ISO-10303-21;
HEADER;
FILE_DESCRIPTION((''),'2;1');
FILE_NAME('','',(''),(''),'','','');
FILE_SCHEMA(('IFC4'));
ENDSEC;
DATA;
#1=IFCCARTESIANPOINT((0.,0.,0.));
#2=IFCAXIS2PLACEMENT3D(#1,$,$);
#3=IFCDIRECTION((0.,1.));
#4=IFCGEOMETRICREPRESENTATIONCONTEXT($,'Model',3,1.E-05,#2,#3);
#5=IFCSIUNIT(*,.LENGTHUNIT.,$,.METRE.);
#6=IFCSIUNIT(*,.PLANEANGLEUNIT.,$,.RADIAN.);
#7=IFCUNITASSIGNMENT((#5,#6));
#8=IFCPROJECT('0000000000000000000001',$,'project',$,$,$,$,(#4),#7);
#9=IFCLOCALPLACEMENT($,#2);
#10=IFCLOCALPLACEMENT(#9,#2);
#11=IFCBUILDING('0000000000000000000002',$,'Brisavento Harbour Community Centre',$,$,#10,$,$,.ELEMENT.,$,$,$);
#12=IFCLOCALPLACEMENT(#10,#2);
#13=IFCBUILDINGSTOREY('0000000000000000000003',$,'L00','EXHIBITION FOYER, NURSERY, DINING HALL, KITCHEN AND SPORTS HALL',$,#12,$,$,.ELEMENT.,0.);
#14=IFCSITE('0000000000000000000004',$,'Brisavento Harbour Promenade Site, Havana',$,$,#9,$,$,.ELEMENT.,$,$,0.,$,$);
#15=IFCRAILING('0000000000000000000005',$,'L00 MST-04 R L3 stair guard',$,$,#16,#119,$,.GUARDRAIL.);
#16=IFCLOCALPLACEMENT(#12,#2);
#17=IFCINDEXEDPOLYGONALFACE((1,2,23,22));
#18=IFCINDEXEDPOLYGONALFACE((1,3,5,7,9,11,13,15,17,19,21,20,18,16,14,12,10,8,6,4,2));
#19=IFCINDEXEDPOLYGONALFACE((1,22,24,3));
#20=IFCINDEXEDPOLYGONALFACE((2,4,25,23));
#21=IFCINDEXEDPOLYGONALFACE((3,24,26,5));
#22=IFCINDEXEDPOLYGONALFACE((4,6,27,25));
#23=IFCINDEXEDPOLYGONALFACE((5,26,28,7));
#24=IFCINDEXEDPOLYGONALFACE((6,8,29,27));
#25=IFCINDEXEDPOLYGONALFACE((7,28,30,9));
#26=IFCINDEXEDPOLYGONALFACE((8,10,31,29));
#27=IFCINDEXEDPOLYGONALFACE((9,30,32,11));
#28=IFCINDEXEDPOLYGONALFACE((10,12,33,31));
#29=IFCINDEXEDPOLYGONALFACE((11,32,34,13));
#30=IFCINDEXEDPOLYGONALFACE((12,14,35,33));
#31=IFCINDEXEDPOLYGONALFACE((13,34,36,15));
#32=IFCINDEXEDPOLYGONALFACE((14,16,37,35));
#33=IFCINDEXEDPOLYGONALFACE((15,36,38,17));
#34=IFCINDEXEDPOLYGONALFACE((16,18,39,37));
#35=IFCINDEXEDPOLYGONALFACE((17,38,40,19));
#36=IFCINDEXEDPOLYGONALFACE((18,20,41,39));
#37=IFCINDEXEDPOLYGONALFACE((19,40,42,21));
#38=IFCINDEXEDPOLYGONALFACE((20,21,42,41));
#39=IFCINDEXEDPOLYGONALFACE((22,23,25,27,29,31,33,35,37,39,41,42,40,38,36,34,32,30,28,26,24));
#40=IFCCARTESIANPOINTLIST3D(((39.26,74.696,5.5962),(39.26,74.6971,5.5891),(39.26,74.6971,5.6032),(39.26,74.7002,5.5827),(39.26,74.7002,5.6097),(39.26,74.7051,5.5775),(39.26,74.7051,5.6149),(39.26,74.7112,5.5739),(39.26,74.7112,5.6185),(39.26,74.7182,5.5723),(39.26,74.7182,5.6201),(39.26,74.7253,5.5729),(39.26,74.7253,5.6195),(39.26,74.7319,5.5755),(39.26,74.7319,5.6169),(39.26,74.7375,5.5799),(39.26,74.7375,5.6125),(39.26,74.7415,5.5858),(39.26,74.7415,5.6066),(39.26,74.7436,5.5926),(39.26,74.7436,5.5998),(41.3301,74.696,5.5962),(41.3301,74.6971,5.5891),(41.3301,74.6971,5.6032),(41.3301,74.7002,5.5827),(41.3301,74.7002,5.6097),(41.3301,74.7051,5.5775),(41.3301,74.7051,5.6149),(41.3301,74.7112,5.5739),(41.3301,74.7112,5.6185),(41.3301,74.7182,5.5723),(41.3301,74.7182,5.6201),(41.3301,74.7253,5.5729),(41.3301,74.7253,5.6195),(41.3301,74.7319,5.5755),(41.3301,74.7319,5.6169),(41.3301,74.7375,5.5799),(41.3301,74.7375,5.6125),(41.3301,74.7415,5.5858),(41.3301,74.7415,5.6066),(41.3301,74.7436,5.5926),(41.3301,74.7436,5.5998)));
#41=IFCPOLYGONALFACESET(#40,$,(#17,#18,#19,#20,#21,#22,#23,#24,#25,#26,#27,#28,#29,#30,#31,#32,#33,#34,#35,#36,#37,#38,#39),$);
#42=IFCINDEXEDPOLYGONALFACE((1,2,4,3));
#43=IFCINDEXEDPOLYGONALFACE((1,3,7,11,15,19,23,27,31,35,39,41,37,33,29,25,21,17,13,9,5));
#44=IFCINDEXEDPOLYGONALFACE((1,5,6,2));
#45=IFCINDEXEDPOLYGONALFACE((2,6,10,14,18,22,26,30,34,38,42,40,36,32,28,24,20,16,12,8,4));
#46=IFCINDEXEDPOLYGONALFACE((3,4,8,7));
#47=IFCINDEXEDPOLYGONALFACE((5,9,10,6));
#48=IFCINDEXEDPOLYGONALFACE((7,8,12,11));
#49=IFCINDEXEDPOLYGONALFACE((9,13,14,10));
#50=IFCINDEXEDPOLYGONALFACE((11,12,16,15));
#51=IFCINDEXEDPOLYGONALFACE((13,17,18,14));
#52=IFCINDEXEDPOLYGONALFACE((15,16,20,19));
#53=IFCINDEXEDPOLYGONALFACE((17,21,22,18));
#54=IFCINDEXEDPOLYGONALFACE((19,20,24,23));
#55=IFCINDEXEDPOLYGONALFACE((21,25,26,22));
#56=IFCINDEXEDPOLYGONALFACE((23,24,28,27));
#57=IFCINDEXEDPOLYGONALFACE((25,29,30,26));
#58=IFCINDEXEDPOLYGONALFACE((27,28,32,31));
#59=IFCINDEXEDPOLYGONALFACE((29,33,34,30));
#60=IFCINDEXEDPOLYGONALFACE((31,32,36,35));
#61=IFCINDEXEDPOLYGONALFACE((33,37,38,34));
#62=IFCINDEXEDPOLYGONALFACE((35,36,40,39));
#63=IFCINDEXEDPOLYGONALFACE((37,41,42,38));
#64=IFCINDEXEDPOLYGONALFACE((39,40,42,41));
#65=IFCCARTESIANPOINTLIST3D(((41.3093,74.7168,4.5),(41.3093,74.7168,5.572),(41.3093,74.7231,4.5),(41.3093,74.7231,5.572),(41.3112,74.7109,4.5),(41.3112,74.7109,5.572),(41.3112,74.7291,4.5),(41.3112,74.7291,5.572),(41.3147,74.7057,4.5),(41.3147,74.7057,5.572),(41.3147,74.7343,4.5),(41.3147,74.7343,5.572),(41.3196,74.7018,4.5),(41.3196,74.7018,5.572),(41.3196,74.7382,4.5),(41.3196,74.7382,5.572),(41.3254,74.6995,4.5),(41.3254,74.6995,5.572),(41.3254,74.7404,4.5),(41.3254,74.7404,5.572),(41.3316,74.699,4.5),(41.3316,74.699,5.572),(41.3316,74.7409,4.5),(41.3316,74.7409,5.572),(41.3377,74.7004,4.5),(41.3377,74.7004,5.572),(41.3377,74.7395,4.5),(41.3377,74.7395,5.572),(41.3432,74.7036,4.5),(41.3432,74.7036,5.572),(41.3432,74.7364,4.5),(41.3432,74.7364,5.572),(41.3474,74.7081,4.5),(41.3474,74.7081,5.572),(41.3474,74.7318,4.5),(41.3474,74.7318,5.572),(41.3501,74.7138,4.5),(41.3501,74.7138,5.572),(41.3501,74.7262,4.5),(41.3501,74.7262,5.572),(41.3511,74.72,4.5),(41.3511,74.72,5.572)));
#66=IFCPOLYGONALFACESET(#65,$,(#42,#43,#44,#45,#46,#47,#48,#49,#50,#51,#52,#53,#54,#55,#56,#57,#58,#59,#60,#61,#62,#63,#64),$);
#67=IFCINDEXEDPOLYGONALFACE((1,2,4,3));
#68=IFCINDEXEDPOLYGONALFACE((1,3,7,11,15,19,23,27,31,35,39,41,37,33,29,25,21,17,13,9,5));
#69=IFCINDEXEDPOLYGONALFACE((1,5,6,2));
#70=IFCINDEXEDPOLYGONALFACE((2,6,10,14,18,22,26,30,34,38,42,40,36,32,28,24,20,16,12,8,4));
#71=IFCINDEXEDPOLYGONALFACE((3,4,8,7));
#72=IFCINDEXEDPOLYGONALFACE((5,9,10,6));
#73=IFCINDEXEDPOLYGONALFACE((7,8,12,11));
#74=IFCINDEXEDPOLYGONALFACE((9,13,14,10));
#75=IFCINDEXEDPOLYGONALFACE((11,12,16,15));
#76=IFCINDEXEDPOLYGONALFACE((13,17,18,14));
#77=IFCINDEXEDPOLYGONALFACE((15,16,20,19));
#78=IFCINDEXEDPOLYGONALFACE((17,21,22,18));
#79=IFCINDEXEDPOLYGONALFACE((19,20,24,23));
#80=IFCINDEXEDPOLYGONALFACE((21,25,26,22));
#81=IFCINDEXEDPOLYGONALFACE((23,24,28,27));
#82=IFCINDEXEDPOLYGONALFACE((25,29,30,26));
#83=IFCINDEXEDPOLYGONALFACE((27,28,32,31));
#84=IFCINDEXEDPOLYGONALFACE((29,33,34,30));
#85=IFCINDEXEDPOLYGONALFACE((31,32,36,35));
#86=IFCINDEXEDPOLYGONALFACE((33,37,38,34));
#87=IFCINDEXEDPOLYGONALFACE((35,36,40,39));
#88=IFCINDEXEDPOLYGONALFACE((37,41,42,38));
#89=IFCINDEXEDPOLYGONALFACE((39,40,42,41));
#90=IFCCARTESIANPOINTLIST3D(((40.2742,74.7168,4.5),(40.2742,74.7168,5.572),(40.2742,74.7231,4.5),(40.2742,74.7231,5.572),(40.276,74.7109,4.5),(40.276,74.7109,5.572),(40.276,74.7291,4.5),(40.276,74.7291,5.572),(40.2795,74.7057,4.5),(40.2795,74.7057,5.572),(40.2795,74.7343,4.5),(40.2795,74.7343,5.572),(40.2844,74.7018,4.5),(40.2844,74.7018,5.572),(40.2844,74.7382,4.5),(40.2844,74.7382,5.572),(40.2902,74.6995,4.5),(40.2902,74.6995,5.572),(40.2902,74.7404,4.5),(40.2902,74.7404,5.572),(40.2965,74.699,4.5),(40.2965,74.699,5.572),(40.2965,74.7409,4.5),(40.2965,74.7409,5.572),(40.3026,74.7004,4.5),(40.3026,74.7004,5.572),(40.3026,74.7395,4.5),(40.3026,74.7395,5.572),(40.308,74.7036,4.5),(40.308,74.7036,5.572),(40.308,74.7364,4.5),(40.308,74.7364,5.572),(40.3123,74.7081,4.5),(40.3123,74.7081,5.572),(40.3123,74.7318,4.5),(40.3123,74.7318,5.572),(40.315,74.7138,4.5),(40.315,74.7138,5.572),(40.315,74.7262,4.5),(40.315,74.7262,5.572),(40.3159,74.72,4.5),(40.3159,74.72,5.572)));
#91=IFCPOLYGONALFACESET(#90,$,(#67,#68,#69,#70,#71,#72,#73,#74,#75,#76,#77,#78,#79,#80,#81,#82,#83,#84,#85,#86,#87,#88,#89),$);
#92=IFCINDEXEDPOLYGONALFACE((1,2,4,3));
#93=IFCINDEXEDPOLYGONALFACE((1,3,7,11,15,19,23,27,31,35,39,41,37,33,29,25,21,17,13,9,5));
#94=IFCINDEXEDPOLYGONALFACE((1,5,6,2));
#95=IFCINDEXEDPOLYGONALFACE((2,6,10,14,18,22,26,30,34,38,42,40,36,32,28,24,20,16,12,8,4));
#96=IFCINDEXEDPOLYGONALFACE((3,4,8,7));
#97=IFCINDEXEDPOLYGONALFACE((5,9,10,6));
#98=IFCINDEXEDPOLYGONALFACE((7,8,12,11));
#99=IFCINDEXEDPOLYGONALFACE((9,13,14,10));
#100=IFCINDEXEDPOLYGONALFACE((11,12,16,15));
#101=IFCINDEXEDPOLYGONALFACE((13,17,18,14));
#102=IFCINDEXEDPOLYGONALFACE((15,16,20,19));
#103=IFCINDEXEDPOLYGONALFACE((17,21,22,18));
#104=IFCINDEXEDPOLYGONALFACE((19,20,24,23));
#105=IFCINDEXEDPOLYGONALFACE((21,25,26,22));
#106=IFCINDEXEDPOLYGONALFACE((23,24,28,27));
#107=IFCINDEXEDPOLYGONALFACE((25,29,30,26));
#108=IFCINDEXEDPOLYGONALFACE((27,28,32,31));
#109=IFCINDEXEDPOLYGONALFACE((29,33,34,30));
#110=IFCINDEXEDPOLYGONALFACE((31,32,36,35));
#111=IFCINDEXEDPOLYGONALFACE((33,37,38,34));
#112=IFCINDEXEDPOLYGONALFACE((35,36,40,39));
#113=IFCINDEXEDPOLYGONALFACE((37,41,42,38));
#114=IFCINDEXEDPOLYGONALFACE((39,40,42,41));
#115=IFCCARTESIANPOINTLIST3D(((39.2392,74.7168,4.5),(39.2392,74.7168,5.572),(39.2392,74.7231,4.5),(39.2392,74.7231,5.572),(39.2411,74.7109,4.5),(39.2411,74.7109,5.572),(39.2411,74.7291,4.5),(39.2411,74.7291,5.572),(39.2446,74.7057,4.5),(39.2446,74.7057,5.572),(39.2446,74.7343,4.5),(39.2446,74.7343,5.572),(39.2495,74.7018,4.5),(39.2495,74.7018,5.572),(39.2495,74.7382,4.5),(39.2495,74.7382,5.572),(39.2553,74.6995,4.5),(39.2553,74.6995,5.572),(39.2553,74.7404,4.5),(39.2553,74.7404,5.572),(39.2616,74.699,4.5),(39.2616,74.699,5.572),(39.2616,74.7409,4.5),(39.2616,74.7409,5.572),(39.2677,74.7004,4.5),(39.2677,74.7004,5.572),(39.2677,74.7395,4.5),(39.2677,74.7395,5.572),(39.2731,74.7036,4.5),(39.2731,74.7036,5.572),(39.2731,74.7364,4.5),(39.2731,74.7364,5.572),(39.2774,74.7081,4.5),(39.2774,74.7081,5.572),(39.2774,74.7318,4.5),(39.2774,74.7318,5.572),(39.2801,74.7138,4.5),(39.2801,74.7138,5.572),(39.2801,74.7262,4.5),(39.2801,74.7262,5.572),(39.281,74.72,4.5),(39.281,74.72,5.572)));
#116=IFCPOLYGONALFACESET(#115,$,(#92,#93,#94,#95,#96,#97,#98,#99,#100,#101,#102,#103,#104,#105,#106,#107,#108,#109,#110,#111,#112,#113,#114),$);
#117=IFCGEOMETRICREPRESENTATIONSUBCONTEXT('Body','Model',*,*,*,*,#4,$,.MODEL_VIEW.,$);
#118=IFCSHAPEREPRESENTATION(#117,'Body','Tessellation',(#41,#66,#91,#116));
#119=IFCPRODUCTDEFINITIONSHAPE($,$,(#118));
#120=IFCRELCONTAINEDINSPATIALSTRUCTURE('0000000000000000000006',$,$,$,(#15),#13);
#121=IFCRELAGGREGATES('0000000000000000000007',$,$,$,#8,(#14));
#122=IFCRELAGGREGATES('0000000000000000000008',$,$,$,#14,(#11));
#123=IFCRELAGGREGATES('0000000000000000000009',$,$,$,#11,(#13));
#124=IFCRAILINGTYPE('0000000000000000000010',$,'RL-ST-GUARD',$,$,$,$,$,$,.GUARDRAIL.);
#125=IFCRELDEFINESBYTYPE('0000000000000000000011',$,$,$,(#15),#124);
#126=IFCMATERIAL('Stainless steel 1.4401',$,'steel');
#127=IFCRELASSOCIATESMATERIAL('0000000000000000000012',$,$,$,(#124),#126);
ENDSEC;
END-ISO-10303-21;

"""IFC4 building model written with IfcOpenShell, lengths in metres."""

from ifc_helpers import new_model, si_unit, direction, frame, origin, origin_2d, place, context, subcontext, project, spatial, circle, extrude, material, type_object, element, save


model = new_model("IFC4")

# Units and contexts
model_context = context("Model", 3, precision=1e-05, world=origin(), true_north=direction((0.0, 1.0)))
body_context = subcontext(model_context, "Body", "Model", "MODEL_VIEW")
ifc_project = project(units=[si_unit("LENGTHUNIT", "METRE"), si_unit("PLANEANGLEUNIT", "RADIAN")], contexts=[model_context])

# Site, building, storey
site_placement = place(None, origin())
site = spatial("IfcSite", under=ifc_project, at=site_placement, Name="Brisavento Harbour Promenade Site, Havana", CompositionType="ELEMENT", RefElevation=0.0)
building_placement = place(site_placement, origin())
building = spatial("IfcBuilding", under=site, at=building_placement, Name="Brisavento Harbour Community Centre", CompositionType="ELEMENT")
storey_placement = place(building_placement, origin())
storey = spatial("IfcBuildingStorey", under=building, at=storey_placement, Name="L00", Description="EXHIBITION FOYER, NURSERY, DINING HALL, KITCHEN AND SPORTS HALL", CompositionType="ELEMENT", Elevation=0.0)

# Railing
ifc_material_1 = material(Name="Stainless steel 1.4401", Category="steel")
railing_type = type_object("IfcRailingType", Name="RL-ST-GUARD", PredefinedType="GUARDRAIL", material=ifc_material_1)
railing_1_placement = place(storey_placement, frame((41.3301, 74.72, 4.5)))
element("IfcRailing", 1, at=railing_1_placement, inside=storey, type_object=railing_type, Name="L00 MST-04 R L3 stair guard", PredefinedType="GUARDRAIL", context=body_context, shape_type="SweptSolid", body=[
    extrude(circle(Radius=0.0239, at=origin_2d()), frame((0.0, 0.0, 1.0962), z_axis=(-1.0, 0.0, 0.0), x_axis=(0.0, -1.0, 0.0)), (0.0, 0.0, 1.0), 2.0701),
    extrude(circle(Radius=0.021, at=origin_2d()), origin(), (0.0, 0.0, 1.0), 1.072),
    extrude(circle(Radius=0.021, at=origin_2d()), frame((-1.0352, 0.0, 0.0)), (0.0, 0.0, 1.0), 1.072),
    extrude(circle(Radius=0.021, at=origin_2d()), frame((-2.0701, 0.0, 0.0)), (0.0, 0.0, 1.0), 1.072),
])

save(model, "model.ifc")
